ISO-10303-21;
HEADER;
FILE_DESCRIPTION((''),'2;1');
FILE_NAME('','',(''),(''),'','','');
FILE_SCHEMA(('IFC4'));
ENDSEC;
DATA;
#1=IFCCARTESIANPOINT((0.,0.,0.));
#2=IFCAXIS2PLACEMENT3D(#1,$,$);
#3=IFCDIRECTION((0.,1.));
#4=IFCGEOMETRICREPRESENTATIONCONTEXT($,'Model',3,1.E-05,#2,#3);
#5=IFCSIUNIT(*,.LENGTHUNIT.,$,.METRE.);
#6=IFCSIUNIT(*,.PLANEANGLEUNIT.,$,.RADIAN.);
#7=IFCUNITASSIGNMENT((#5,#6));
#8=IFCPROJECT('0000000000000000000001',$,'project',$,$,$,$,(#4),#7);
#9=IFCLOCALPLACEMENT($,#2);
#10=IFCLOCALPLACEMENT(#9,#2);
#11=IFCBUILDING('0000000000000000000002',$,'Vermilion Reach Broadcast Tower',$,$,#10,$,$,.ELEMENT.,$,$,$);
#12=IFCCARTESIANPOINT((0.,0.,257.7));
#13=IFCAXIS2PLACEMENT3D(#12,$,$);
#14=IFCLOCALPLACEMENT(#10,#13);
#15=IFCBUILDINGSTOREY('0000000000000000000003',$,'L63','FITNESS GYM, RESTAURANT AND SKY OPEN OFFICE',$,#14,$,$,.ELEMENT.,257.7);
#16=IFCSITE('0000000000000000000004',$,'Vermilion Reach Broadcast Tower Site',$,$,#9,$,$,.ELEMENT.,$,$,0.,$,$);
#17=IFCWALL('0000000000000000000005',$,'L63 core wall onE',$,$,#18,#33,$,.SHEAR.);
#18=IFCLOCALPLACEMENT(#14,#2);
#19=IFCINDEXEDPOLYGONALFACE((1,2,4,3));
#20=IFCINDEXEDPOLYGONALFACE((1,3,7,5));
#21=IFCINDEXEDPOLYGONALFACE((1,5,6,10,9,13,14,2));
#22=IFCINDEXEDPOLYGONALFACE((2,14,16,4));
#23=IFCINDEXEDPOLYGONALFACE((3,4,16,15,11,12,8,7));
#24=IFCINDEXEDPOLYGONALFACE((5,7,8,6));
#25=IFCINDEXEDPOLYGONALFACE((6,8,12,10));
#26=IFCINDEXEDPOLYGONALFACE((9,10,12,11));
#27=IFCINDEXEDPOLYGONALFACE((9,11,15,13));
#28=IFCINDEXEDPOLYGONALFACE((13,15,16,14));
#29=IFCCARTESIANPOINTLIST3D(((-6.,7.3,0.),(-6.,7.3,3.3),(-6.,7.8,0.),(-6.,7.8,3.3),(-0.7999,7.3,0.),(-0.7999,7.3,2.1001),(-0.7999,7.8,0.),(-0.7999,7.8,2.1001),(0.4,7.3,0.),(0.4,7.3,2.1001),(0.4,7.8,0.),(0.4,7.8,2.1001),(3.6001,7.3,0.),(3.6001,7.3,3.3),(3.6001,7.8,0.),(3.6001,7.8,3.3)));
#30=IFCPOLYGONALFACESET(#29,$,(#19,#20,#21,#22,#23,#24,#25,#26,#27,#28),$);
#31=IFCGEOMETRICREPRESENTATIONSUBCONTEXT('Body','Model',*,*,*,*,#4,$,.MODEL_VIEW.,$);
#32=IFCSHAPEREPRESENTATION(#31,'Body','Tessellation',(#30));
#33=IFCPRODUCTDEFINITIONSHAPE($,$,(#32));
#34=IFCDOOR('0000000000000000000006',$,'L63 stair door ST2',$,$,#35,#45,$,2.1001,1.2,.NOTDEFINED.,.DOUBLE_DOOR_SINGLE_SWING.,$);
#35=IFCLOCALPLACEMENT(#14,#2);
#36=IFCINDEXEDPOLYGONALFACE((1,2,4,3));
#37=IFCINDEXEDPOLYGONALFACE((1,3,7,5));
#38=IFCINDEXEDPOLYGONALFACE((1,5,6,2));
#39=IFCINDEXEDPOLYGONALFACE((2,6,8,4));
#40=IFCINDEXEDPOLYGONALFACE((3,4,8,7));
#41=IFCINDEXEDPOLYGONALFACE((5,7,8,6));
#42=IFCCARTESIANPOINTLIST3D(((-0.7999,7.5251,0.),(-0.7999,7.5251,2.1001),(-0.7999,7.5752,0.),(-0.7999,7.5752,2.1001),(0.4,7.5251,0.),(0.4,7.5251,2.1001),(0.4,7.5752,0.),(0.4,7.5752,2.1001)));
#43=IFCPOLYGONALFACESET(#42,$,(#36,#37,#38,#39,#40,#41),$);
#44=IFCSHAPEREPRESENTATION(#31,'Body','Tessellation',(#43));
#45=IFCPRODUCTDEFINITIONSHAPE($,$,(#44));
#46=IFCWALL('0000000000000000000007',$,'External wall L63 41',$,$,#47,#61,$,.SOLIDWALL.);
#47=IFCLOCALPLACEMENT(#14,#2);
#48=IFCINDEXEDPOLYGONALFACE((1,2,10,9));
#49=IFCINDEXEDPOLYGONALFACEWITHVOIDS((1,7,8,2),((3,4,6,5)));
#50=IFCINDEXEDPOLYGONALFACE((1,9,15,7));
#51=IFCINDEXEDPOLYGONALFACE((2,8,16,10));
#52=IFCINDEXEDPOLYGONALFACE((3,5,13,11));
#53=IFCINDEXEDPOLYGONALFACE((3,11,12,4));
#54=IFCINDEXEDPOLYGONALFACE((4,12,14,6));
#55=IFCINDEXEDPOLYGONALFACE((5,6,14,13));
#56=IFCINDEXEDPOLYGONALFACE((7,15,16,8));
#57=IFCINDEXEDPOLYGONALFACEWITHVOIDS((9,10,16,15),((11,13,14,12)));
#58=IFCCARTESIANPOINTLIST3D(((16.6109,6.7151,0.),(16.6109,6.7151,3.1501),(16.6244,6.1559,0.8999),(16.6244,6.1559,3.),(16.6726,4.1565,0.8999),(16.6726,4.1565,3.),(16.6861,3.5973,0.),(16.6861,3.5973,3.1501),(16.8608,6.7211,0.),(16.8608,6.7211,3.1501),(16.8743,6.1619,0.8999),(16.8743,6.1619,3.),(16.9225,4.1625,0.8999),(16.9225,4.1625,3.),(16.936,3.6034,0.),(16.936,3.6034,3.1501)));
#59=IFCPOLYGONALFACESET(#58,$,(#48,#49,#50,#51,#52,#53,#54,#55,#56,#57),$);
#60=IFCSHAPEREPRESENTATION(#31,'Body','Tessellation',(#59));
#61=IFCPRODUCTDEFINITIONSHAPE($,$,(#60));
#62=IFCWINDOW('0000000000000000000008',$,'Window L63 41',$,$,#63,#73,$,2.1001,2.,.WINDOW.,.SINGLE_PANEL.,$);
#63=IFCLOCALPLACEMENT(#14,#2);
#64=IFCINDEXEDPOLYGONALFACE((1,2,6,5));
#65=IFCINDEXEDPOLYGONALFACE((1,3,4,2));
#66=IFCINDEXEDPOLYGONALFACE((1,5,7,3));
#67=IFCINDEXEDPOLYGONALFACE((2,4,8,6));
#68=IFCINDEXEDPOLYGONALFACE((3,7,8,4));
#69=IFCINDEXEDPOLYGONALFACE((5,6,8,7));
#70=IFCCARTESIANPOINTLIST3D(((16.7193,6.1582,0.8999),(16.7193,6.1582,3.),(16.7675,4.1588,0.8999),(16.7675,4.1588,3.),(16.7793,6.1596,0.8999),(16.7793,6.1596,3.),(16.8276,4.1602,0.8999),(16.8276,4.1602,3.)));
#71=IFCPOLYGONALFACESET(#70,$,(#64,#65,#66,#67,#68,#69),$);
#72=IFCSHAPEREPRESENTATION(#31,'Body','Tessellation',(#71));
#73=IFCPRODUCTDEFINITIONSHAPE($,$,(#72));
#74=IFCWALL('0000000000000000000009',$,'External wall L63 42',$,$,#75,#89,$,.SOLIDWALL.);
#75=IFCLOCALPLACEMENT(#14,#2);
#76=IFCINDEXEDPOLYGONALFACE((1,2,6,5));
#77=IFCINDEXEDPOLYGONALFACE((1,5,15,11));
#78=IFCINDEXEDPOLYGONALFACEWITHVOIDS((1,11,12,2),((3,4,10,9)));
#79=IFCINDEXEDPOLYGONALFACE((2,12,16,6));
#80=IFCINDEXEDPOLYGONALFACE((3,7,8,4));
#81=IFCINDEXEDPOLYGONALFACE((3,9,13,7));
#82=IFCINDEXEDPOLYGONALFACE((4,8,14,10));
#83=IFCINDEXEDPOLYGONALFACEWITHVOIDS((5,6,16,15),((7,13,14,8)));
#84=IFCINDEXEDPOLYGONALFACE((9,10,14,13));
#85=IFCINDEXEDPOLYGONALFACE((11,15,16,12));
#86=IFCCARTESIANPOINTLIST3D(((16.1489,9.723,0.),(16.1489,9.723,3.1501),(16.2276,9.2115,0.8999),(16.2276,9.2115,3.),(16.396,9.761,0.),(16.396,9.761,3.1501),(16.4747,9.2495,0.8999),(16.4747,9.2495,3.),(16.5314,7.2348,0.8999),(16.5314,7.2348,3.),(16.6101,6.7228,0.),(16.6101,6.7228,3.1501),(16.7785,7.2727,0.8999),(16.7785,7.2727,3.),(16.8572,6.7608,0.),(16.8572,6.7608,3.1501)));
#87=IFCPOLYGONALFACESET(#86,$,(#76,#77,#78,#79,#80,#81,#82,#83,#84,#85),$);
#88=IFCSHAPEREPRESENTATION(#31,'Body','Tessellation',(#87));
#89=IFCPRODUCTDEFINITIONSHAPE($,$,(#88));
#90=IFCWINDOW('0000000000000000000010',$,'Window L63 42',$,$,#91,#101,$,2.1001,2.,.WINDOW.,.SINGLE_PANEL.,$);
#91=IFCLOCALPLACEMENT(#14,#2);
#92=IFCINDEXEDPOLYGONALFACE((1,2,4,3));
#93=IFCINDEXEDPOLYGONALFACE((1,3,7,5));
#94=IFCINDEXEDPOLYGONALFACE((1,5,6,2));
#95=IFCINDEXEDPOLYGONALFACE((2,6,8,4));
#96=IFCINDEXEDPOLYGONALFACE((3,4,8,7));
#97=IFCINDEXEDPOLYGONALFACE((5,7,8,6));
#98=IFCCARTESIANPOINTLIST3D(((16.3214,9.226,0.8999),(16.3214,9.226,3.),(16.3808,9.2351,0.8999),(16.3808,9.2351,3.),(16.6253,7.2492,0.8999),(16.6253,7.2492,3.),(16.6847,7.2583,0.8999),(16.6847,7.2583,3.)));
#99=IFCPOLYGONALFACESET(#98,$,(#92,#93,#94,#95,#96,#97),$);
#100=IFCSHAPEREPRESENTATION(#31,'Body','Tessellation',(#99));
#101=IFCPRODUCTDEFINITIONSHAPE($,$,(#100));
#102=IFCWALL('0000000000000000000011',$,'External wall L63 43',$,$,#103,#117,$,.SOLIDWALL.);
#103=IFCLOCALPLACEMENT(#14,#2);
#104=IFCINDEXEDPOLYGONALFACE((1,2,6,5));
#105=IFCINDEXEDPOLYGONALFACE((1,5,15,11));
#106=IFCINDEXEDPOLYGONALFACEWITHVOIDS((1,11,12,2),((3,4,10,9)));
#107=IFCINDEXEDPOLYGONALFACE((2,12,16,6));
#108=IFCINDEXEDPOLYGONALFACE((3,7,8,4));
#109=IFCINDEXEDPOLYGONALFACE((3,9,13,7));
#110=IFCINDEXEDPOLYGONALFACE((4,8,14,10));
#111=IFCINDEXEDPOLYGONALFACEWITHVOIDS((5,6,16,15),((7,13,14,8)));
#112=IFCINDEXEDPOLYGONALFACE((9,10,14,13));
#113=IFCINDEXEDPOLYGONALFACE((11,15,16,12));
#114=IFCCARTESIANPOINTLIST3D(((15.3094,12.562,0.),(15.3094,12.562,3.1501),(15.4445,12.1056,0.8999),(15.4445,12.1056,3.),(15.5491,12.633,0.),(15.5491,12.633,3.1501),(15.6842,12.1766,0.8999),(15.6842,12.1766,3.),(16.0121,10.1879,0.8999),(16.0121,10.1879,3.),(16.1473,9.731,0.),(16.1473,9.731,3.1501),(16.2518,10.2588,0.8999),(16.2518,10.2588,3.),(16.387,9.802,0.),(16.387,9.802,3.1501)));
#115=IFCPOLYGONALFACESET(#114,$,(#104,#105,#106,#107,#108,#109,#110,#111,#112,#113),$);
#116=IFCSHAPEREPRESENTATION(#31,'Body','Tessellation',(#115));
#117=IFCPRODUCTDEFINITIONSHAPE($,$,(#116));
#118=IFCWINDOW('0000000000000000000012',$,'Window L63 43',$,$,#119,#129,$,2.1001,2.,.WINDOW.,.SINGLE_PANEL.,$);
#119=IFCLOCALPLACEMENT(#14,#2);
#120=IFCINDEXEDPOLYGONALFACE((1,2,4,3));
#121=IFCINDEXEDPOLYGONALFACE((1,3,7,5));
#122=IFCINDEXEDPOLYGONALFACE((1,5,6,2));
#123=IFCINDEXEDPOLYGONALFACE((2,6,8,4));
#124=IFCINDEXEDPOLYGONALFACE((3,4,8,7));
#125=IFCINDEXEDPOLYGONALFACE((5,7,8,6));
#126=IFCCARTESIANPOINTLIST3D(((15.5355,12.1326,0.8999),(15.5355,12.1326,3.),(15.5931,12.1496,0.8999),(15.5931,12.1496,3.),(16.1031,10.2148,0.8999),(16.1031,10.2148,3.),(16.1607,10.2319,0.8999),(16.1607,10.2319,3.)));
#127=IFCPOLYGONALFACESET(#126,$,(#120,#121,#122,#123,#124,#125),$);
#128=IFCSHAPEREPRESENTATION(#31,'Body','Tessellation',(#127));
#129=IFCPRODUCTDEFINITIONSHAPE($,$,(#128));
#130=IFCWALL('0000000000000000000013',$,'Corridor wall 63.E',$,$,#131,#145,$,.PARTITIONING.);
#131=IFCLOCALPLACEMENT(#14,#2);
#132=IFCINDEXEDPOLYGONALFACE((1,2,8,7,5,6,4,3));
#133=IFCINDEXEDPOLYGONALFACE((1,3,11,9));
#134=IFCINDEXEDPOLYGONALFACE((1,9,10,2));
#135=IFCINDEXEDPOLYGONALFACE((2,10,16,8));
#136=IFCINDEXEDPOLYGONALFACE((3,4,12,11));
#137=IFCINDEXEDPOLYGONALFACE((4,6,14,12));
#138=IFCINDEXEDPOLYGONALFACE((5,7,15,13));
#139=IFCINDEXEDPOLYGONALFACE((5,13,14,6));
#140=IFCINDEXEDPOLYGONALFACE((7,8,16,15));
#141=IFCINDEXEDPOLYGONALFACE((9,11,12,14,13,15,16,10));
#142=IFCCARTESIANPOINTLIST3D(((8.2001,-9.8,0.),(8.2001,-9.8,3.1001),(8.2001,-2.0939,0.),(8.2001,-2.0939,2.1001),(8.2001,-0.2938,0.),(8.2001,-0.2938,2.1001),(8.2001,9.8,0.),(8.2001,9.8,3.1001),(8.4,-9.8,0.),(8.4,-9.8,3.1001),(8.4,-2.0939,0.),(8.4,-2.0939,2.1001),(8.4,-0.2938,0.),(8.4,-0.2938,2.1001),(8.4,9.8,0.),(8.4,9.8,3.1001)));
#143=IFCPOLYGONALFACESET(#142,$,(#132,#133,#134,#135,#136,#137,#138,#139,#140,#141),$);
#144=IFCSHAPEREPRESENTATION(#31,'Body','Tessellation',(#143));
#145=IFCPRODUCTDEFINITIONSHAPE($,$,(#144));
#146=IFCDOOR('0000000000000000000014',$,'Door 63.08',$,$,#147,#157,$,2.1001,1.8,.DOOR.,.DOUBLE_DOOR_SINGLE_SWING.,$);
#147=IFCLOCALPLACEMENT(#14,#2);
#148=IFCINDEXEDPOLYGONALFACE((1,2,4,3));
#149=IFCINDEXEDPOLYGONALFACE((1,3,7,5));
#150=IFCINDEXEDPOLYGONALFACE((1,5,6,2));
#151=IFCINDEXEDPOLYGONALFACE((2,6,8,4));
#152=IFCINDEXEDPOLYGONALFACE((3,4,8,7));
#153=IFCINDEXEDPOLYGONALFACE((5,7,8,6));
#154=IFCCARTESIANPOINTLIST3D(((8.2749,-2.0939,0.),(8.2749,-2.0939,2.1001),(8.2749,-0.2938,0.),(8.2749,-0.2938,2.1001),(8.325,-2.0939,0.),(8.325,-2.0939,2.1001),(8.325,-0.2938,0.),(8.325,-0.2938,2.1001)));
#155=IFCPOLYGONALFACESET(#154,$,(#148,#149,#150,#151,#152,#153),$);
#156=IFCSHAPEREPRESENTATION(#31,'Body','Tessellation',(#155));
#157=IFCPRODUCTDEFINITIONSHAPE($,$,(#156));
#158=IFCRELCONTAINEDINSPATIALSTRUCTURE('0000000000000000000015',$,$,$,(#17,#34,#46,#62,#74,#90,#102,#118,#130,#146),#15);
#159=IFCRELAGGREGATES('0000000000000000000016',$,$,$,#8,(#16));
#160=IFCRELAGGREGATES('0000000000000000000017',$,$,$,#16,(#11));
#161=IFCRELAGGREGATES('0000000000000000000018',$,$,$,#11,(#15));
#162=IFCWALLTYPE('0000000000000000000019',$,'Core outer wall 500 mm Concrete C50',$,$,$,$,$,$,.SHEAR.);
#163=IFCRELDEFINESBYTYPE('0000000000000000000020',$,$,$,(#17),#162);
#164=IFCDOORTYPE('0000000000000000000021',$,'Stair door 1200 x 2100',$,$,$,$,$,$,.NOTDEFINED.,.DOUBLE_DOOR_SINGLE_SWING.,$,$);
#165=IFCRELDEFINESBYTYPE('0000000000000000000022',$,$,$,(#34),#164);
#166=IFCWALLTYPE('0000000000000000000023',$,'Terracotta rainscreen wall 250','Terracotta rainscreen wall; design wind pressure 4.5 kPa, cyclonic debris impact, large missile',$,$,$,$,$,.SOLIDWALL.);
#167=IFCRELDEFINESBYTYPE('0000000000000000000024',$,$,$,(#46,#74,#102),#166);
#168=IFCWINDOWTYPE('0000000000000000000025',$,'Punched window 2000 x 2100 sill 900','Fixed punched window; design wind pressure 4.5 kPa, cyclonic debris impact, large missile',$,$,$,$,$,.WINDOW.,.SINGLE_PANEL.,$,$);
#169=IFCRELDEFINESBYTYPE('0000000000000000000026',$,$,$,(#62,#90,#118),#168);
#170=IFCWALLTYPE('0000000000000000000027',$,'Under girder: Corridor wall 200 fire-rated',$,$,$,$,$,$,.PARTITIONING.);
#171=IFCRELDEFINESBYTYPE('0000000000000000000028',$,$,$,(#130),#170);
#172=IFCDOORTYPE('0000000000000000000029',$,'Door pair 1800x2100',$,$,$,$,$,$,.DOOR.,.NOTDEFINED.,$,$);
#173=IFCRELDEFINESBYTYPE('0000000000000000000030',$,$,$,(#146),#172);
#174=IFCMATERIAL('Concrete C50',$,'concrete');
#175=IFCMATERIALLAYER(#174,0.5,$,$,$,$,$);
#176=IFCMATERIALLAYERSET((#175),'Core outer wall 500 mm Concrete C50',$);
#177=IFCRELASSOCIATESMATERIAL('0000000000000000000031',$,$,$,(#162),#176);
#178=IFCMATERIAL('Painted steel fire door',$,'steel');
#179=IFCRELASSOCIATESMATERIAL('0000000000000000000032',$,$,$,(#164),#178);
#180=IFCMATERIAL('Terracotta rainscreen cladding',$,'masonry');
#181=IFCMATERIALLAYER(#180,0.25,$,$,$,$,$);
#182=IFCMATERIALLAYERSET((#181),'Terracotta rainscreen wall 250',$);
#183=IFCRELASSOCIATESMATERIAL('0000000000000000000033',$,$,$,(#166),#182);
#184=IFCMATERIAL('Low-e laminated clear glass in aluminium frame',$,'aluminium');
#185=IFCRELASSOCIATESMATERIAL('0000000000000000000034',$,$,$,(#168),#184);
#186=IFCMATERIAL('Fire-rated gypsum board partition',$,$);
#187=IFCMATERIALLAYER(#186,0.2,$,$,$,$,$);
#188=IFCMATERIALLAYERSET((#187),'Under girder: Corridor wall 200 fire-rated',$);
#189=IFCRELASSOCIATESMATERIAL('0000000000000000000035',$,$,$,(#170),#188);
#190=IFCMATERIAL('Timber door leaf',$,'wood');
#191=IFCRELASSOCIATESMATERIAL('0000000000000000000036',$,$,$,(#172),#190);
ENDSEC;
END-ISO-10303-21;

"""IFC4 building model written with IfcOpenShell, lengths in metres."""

from ifc_helpers import new_model, si_unit, direction, frame, frame_2d, origin, place, context, subcontext, project, spatial, rectangle, extrude, material, layer, layer_set, type_object, element, fill, save


model = new_model("IFC4")

# Units and contexts
model_context = context("Model", 3, precision=1e-05, world=origin(), true_north=direction((0.0, 1.0)))
body_context = subcontext(model_context, "Body", "Model", "MODEL_VIEW")
ifc_project = project(units=[si_unit("LENGTHUNIT", "METRE"), si_unit("PLANEANGLEUNIT", "RADIAN")], contexts=[model_context])

# Site, building, storey
site_placement = place(None, origin())
site = spatial("IfcSite", under=ifc_project, at=site_placement, Name="Vermilion Reach Broadcast Tower Site", CompositionType="ELEMENT", RefElevation=0.0)
building_placement = place(site_placement, origin())
building = spatial("IfcBuilding", under=site, at=building_placement, Name="Vermilion Reach Broadcast Tower", CompositionType="ELEMENT")
storey_placement = place(building_placement, frame((0.0, 0.0, 257.7)))
storey = spatial("IfcBuildingStorey", under=building, at=storey_placement, Name="L63", Description="FITNESS GYM, RESTAURANT AND SKY OPEN OFFICE", CompositionType="ELEMENT", Elevation=257.7)

# Wall, opening, door
ifc_material_1 = material(Name="Concrete C50", Category="concrete")
ifc_layer_1 = layer(ifc_material_1, 0.5)
ifc_layer_set_1 = layer_set([ifc_layer_1], Name="Core outer wall 500 mm Concrete C50")
wall_type_1 = type_object("IfcWallType", Name="Core outer wall 500 mm Concrete C50", PredefinedType="SHEAR", material=ifc_layer_set_1)
wall_1_placement = place(storey_placement, frame((3.6001, 7.55, 0.0), z_axis=(0.0, 0.0, 1.0), x_axis=(-1.0, 0.0, 0.0)))
wall_1 = element("IfcWall", 1, at=wall_1_placement, inside=storey, type_object=wall_type_1, Name="L63 core wall onE", PredefinedType="SHEAR", context=body_context, shape_type="SweptSolid", body=[
    extrude(rectangle(XDim=9.6001, YDim=0.5, at=frame_2d((4.8, 0.0))), origin(), (0.0, 0.0, 1.0), 3.3),
])
opening_1_placement = place(wall_1_placement, frame((3.2, 0.0, 0.0)))
opening_1 = element("IfcOpeningElement", 2, at=opening_1_placement, cuts=wall_1, PredefinedType="OPENING", context=body_context, shape_type="SweptSolid", body=[
    extrude(rectangle(XDim=1.2, YDim=2.1001, at=frame_2d((0.6001, 1.05))), frame((0.0, 0.26, 0.0), z_axis=(0.0, -1.0, 0.0), x_axis=(1.0, 0.0, 0.0)), (0.0, 0.0, 1.0), 0.52),
])
ifc_material_2 = material(Name="Painted steel fire door", Category="steel")
door_type_1 = type_object("IfcDoorType", Name="Stair door 1200 x 2100", OperationType="DOUBLE_DOOR_SINGLE_SWING", PredefinedType="NOTDEFINED", material=ifc_material_2)
door_1_placement = place(opening_1_placement, origin())
door_1 = element("IfcDoor", 3, at=door_1_placement, inside=storey, type_object=door_type_1, Name="L63 stair door ST2", OperationType="DOUBLE_DOOR_SINGLE_SWING", OverallHeight=2.1001, OverallWidth=1.2, PredefinedType="NOTDEFINED", context=body_context, shape_type="SweptSolid", body=[
    extrude(rectangle(XDim=1.2, YDim=2.1001, at=frame_2d((0.6001, 1.05))), frame((0.0, 0.0249, 0.0), z_axis=(0.0, -1.0, 0.0), x_axis=(1.0, 0.0, 0.0)), (0.0, 0.0, 1.0), 0.05),
])
fill(opening_1, door_1)
ifc_material_3 = material(Name="Terracotta rainscreen cladding", Category="masonry")
ifc_layer_2 = layer(ifc_material_3, 0.25)
ifc_layer_set_2 = layer_set([ifc_layer_2], Name="Terracotta rainscreen wall 250")
wall_type_2 = type_object("IfcWallType", Name="Terracotta rainscreen wall 250", Description="Terracotta rainscreen wall; design wind pressure 4.5 kPa, cyclonic debris impact, large missile", PredefinedType="SOLIDWALL", material=ifc_layer_set_2)

# Walls, openings, windows
wall_2_placement = place(storey_placement, frame((16.811, 3.6003, 0.0), z_axis=(0.0, 0.0, 1.0), x_axis=(-0.024112, 0.999709, 0.0)))
wall_2 = element("IfcWall", 4, at=wall_2_placement, inside=storey, type_object=wall_type_2, Name="External wall L63 41", PredefinedType="SOLIDWALL", context=body_context, shape_type="SweptSolid", body=[
    extrude(rectangle(XDim=3.1187, YDim=0.25, at=frame_2d((1.5593, 0.0))), origin(), (0.0, 0.0, 1.0), 3.1501),
])
opening_2_placement = place(wall_2_placement, frame((0.5593, 0.0, 0.8999)))
opening_2 = element("IfcOpeningElement", 5, at=opening_2_placement, cuts=wall_2, PredefinedType="OPENING", context=body_context, shape_type="SweptSolid", body=[
    extrude(rectangle(XDim=2.0, YDim=2.1001, at=frame_2d((1.0, 1.05))), frame((0.0, 0.135, 0.0), z_axis=(0.0, -1.0, 0.0), x_axis=(1.0, 0.0, 0.0)), (0.0, 0.0, 1.0), 0.27),
])
ifc_material_4 = material(Name="Low-e laminated clear glass in aluminium frame", Category="aluminium")
window_type = type_object("IfcWindowType", Name="Punched window 2000 x 2100 sill 900", Description="Fixed punched window; design wind pressure 4.5 kPa, cyclonic debris impact, large missile", PartitioningType="SINGLE_PANEL", PredefinedType="WINDOW", material=ifc_material_4)
window_1_placement = place(opening_2_placement, origin())
window_1 = element("IfcWindow", 6, at=window_1_placement, inside=storey, type_object=window_type, Name="Window L63 41", OverallHeight=2.1001, OverallWidth=2.0, PartitioningType="SINGLE_PANEL", PredefinedType="WINDOW", context=body_context, shape_type="SweptSolid", body=[
    extrude(rectangle(XDim=2.0, YDim=2.1001, at=frame_2d((1.0, 1.05))), frame((0.0, 0.03, 0.0), z_axis=(0.0, -1.0, 0.0), x_axis=(1.0, 0.0, 0.0)), (0.0, 0.0, 1.0), 0.0601),
])
fill(opening_2, window_1)
wall_3_placement = place(storey_placement, frame((16.7336, 6.7419, 0.0), z_axis=(0.0, 0.0, 1.0), x_axis=(-0.15193, 0.988391, 0.0)))
wall_3 = element("IfcWall", 7, at=wall_3_placement, inside=storey, type_object=wall_type_2, Name="External wall L63 42", PredefinedType="SOLIDWALL", context=body_context, shape_type="SweptSolid", body=[
    extrude(rectangle(XDim=3.0354, YDim=0.25, at=frame_2d((1.5176, 0.0))), origin(), (0.0, 0.0, 1.0), 3.1501),
])
opening_3_placement = place(wall_3_placement, frame((0.5178, 0.0, 0.8999)))
opening_3 = element("IfcOpeningElement", 8, at=opening_3_placement, cuts=wall_3, PredefinedType="OPENING", context=body_context, shape_type="SweptSolid", body=[
    extrude(rectangle(XDim=2.0, YDim=2.1001, at=frame_2d((1.0, 1.05))), frame((0.0, 0.135, 0.0), z_axis=(0.0, -1.0, 0.0), x_axis=(1.0, 0.0, 0.0)), (0.0, 0.0, 1.0), 0.27),
])
window_2_placement = place(opening_3_placement, origin())
window_2 = element("IfcWindow", 9, at=window_2_placement, inside=storey, type_object=window_type, Name="Window L63 42", OverallHeight=2.1001, OverallWidth=2.0, PartitioningType="SINGLE_PANEL", PredefinedType="WINDOW", context=body_context, shape_type="SweptSolid", body=[
    extrude(rectangle(XDim=2.0, YDim=2.1001, at=frame_2d((1.0, 1.05))), frame((0.0, 0.03, 0.0), z_axis=(0.0, -1.0, 0.0), x_axis=(1.0, 0.0, 0.0)), (0.0, 0.0, 1.0), 0.0601),
])
fill(opening_3, window_2)
wall_4_placement = place(storey_placement, frame((16.2671, 9.7666, 0.0), z_axis=(0.0, 0.0, 1.0), x_axis=(-0.283796, 0.958885, 0.0)))
wall_4 = element("IfcWall", 10, at=wall_4_placement, inside=storey, type_object=wall_type_2, Name="External wall L63 43", PredefinedType="SOLIDWALL", context=body_context, shape_type="SweptSolid", body=[
    extrude(rectangle(XDim=2.9524, YDim=0.25, at=frame_2d((1.4761, 0.0))), origin(), (0.0, 0.0, 1.0), 3.1501),
])
opening_4_placement = place(wall_4_placement, frame((0.4763, 0.0, 0.8999)))
opening_4 = element("IfcOpeningElement", 11, at=opening_4_placement, cuts=wall_4, PredefinedType="OPENING", context=body_context, shape_type="SweptSolid", body=[
    extrude(rectangle(XDim=2.0, YDim=2.1001, at=frame_2d((1.0, 1.05))), frame((0.0, 0.135, 0.0), z_axis=(0.0, -1.0, 0.0), x_axis=(1.0, 0.0, 0.0)), (0.0, 0.0, 1.0), 0.27),
])
window_3_placement = place(opening_4_placement, origin())
window_3 = element("IfcWindow", 12, at=window_3_placement, inside=storey, type_object=window_type, Name="Window L63 43", OverallHeight=2.1001, OverallWidth=2.0, PartitioningType="SINGLE_PANEL", PredefinedType="WINDOW", context=body_context, shape_type="SweptSolid", body=[
    extrude(rectangle(XDim=2.0, YDim=2.1001, at=frame_2d((1.0, 1.05))), frame((0.0, 0.03, 0.0), z_axis=(0.0, -1.0, 0.0), x_axis=(1.0, 0.0, 0.0)), (0.0, 0.0, 1.0), 0.0601),
])
fill(opening_4, window_3)

# Wall, opening, door
ifc_material_5 = material(Name="Fire-rated gypsum board partition")
ifc_layer_3 = layer(ifc_material_5, 0.2)
ifc_layer_set_3 = layer_set([ifc_layer_3], Name="Under girder: Corridor wall 200 fire-rated")
wall_type_3 = type_object("IfcWallType", Name="Under girder: Corridor wall 200 fire-rated", PredefinedType="PARTITIONING", material=ifc_layer_set_3)
wall_5_placement = place(storey_placement, frame((8.3, 9.8, 0.0), z_axis=(0.0, 0.0, 1.0), x_axis=(0.0, -1.0, 0.0)))
wall_5 = element("IfcWall", 13, at=wall_5_placement, inside=storey, type_object=wall_type_3, Name="Corridor wall 63.E", PredefinedType="PARTITIONING", context=body_context, shape_type="SweptSolid", body=[
    extrude(rectangle(XDim=19.6001, YDim=0.2, at=frame_2d((9.8, 0.0))), origin(), (0.0, 0.0, 1.0), 3.1001),
])
opening_5_placement = place(wall_5_placement, frame((10.094, 0.0, 0.0)))
opening_5 = element("IfcOpeningElement", 14, at=opening_5_placement, cuts=wall_5, PredefinedType="OPENING", context=body_context, shape_type="SweptSolid", body=[
    extrude(rectangle(XDim=1.8, YDim=2.1001, at=frame_2d((0.8999, 1.05))), frame((0.0, 0.1099, 0.0), z_axis=(0.0, -1.0, 0.0), x_axis=(1.0, 0.0, 0.0)), (0.0, 0.0, 1.0), 0.22),
])
ifc_material_6 = material(Name="Timber door leaf", Category="wood")
door_type_2 = type_object("IfcDoorType", Name="Door pair 1800x2100", OperationType="NOTDEFINED", PredefinedType="DOOR", material=ifc_material_6)
door_2_placement = place(opening_5_placement, origin())
door_2 = element("IfcDoor", 15, at=door_2_placement, inside=storey, type_object=door_type_2, Name="Door 63.08", OperationType="DOUBLE_DOOR_SINGLE_SWING", OverallHeight=2.1001, OverallWidth=1.8, PredefinedType="DOOR", context=body_context, shape_type="SweptSolid", body=[
    extrude(rectangle(XDim=1.8, YDim=2.1001, at=frame_2d((0.8999, 1.05))), frame((0.0, 0.0249, 0.0), z_axis=(0.0, -1.0, 0.0), x_axis=(1.0, 0.0, 0.0)), (0.0, 0.0, 1.0), 0.05),
])
fill(opening_5, door_2)

save(model, "model.ifc")
